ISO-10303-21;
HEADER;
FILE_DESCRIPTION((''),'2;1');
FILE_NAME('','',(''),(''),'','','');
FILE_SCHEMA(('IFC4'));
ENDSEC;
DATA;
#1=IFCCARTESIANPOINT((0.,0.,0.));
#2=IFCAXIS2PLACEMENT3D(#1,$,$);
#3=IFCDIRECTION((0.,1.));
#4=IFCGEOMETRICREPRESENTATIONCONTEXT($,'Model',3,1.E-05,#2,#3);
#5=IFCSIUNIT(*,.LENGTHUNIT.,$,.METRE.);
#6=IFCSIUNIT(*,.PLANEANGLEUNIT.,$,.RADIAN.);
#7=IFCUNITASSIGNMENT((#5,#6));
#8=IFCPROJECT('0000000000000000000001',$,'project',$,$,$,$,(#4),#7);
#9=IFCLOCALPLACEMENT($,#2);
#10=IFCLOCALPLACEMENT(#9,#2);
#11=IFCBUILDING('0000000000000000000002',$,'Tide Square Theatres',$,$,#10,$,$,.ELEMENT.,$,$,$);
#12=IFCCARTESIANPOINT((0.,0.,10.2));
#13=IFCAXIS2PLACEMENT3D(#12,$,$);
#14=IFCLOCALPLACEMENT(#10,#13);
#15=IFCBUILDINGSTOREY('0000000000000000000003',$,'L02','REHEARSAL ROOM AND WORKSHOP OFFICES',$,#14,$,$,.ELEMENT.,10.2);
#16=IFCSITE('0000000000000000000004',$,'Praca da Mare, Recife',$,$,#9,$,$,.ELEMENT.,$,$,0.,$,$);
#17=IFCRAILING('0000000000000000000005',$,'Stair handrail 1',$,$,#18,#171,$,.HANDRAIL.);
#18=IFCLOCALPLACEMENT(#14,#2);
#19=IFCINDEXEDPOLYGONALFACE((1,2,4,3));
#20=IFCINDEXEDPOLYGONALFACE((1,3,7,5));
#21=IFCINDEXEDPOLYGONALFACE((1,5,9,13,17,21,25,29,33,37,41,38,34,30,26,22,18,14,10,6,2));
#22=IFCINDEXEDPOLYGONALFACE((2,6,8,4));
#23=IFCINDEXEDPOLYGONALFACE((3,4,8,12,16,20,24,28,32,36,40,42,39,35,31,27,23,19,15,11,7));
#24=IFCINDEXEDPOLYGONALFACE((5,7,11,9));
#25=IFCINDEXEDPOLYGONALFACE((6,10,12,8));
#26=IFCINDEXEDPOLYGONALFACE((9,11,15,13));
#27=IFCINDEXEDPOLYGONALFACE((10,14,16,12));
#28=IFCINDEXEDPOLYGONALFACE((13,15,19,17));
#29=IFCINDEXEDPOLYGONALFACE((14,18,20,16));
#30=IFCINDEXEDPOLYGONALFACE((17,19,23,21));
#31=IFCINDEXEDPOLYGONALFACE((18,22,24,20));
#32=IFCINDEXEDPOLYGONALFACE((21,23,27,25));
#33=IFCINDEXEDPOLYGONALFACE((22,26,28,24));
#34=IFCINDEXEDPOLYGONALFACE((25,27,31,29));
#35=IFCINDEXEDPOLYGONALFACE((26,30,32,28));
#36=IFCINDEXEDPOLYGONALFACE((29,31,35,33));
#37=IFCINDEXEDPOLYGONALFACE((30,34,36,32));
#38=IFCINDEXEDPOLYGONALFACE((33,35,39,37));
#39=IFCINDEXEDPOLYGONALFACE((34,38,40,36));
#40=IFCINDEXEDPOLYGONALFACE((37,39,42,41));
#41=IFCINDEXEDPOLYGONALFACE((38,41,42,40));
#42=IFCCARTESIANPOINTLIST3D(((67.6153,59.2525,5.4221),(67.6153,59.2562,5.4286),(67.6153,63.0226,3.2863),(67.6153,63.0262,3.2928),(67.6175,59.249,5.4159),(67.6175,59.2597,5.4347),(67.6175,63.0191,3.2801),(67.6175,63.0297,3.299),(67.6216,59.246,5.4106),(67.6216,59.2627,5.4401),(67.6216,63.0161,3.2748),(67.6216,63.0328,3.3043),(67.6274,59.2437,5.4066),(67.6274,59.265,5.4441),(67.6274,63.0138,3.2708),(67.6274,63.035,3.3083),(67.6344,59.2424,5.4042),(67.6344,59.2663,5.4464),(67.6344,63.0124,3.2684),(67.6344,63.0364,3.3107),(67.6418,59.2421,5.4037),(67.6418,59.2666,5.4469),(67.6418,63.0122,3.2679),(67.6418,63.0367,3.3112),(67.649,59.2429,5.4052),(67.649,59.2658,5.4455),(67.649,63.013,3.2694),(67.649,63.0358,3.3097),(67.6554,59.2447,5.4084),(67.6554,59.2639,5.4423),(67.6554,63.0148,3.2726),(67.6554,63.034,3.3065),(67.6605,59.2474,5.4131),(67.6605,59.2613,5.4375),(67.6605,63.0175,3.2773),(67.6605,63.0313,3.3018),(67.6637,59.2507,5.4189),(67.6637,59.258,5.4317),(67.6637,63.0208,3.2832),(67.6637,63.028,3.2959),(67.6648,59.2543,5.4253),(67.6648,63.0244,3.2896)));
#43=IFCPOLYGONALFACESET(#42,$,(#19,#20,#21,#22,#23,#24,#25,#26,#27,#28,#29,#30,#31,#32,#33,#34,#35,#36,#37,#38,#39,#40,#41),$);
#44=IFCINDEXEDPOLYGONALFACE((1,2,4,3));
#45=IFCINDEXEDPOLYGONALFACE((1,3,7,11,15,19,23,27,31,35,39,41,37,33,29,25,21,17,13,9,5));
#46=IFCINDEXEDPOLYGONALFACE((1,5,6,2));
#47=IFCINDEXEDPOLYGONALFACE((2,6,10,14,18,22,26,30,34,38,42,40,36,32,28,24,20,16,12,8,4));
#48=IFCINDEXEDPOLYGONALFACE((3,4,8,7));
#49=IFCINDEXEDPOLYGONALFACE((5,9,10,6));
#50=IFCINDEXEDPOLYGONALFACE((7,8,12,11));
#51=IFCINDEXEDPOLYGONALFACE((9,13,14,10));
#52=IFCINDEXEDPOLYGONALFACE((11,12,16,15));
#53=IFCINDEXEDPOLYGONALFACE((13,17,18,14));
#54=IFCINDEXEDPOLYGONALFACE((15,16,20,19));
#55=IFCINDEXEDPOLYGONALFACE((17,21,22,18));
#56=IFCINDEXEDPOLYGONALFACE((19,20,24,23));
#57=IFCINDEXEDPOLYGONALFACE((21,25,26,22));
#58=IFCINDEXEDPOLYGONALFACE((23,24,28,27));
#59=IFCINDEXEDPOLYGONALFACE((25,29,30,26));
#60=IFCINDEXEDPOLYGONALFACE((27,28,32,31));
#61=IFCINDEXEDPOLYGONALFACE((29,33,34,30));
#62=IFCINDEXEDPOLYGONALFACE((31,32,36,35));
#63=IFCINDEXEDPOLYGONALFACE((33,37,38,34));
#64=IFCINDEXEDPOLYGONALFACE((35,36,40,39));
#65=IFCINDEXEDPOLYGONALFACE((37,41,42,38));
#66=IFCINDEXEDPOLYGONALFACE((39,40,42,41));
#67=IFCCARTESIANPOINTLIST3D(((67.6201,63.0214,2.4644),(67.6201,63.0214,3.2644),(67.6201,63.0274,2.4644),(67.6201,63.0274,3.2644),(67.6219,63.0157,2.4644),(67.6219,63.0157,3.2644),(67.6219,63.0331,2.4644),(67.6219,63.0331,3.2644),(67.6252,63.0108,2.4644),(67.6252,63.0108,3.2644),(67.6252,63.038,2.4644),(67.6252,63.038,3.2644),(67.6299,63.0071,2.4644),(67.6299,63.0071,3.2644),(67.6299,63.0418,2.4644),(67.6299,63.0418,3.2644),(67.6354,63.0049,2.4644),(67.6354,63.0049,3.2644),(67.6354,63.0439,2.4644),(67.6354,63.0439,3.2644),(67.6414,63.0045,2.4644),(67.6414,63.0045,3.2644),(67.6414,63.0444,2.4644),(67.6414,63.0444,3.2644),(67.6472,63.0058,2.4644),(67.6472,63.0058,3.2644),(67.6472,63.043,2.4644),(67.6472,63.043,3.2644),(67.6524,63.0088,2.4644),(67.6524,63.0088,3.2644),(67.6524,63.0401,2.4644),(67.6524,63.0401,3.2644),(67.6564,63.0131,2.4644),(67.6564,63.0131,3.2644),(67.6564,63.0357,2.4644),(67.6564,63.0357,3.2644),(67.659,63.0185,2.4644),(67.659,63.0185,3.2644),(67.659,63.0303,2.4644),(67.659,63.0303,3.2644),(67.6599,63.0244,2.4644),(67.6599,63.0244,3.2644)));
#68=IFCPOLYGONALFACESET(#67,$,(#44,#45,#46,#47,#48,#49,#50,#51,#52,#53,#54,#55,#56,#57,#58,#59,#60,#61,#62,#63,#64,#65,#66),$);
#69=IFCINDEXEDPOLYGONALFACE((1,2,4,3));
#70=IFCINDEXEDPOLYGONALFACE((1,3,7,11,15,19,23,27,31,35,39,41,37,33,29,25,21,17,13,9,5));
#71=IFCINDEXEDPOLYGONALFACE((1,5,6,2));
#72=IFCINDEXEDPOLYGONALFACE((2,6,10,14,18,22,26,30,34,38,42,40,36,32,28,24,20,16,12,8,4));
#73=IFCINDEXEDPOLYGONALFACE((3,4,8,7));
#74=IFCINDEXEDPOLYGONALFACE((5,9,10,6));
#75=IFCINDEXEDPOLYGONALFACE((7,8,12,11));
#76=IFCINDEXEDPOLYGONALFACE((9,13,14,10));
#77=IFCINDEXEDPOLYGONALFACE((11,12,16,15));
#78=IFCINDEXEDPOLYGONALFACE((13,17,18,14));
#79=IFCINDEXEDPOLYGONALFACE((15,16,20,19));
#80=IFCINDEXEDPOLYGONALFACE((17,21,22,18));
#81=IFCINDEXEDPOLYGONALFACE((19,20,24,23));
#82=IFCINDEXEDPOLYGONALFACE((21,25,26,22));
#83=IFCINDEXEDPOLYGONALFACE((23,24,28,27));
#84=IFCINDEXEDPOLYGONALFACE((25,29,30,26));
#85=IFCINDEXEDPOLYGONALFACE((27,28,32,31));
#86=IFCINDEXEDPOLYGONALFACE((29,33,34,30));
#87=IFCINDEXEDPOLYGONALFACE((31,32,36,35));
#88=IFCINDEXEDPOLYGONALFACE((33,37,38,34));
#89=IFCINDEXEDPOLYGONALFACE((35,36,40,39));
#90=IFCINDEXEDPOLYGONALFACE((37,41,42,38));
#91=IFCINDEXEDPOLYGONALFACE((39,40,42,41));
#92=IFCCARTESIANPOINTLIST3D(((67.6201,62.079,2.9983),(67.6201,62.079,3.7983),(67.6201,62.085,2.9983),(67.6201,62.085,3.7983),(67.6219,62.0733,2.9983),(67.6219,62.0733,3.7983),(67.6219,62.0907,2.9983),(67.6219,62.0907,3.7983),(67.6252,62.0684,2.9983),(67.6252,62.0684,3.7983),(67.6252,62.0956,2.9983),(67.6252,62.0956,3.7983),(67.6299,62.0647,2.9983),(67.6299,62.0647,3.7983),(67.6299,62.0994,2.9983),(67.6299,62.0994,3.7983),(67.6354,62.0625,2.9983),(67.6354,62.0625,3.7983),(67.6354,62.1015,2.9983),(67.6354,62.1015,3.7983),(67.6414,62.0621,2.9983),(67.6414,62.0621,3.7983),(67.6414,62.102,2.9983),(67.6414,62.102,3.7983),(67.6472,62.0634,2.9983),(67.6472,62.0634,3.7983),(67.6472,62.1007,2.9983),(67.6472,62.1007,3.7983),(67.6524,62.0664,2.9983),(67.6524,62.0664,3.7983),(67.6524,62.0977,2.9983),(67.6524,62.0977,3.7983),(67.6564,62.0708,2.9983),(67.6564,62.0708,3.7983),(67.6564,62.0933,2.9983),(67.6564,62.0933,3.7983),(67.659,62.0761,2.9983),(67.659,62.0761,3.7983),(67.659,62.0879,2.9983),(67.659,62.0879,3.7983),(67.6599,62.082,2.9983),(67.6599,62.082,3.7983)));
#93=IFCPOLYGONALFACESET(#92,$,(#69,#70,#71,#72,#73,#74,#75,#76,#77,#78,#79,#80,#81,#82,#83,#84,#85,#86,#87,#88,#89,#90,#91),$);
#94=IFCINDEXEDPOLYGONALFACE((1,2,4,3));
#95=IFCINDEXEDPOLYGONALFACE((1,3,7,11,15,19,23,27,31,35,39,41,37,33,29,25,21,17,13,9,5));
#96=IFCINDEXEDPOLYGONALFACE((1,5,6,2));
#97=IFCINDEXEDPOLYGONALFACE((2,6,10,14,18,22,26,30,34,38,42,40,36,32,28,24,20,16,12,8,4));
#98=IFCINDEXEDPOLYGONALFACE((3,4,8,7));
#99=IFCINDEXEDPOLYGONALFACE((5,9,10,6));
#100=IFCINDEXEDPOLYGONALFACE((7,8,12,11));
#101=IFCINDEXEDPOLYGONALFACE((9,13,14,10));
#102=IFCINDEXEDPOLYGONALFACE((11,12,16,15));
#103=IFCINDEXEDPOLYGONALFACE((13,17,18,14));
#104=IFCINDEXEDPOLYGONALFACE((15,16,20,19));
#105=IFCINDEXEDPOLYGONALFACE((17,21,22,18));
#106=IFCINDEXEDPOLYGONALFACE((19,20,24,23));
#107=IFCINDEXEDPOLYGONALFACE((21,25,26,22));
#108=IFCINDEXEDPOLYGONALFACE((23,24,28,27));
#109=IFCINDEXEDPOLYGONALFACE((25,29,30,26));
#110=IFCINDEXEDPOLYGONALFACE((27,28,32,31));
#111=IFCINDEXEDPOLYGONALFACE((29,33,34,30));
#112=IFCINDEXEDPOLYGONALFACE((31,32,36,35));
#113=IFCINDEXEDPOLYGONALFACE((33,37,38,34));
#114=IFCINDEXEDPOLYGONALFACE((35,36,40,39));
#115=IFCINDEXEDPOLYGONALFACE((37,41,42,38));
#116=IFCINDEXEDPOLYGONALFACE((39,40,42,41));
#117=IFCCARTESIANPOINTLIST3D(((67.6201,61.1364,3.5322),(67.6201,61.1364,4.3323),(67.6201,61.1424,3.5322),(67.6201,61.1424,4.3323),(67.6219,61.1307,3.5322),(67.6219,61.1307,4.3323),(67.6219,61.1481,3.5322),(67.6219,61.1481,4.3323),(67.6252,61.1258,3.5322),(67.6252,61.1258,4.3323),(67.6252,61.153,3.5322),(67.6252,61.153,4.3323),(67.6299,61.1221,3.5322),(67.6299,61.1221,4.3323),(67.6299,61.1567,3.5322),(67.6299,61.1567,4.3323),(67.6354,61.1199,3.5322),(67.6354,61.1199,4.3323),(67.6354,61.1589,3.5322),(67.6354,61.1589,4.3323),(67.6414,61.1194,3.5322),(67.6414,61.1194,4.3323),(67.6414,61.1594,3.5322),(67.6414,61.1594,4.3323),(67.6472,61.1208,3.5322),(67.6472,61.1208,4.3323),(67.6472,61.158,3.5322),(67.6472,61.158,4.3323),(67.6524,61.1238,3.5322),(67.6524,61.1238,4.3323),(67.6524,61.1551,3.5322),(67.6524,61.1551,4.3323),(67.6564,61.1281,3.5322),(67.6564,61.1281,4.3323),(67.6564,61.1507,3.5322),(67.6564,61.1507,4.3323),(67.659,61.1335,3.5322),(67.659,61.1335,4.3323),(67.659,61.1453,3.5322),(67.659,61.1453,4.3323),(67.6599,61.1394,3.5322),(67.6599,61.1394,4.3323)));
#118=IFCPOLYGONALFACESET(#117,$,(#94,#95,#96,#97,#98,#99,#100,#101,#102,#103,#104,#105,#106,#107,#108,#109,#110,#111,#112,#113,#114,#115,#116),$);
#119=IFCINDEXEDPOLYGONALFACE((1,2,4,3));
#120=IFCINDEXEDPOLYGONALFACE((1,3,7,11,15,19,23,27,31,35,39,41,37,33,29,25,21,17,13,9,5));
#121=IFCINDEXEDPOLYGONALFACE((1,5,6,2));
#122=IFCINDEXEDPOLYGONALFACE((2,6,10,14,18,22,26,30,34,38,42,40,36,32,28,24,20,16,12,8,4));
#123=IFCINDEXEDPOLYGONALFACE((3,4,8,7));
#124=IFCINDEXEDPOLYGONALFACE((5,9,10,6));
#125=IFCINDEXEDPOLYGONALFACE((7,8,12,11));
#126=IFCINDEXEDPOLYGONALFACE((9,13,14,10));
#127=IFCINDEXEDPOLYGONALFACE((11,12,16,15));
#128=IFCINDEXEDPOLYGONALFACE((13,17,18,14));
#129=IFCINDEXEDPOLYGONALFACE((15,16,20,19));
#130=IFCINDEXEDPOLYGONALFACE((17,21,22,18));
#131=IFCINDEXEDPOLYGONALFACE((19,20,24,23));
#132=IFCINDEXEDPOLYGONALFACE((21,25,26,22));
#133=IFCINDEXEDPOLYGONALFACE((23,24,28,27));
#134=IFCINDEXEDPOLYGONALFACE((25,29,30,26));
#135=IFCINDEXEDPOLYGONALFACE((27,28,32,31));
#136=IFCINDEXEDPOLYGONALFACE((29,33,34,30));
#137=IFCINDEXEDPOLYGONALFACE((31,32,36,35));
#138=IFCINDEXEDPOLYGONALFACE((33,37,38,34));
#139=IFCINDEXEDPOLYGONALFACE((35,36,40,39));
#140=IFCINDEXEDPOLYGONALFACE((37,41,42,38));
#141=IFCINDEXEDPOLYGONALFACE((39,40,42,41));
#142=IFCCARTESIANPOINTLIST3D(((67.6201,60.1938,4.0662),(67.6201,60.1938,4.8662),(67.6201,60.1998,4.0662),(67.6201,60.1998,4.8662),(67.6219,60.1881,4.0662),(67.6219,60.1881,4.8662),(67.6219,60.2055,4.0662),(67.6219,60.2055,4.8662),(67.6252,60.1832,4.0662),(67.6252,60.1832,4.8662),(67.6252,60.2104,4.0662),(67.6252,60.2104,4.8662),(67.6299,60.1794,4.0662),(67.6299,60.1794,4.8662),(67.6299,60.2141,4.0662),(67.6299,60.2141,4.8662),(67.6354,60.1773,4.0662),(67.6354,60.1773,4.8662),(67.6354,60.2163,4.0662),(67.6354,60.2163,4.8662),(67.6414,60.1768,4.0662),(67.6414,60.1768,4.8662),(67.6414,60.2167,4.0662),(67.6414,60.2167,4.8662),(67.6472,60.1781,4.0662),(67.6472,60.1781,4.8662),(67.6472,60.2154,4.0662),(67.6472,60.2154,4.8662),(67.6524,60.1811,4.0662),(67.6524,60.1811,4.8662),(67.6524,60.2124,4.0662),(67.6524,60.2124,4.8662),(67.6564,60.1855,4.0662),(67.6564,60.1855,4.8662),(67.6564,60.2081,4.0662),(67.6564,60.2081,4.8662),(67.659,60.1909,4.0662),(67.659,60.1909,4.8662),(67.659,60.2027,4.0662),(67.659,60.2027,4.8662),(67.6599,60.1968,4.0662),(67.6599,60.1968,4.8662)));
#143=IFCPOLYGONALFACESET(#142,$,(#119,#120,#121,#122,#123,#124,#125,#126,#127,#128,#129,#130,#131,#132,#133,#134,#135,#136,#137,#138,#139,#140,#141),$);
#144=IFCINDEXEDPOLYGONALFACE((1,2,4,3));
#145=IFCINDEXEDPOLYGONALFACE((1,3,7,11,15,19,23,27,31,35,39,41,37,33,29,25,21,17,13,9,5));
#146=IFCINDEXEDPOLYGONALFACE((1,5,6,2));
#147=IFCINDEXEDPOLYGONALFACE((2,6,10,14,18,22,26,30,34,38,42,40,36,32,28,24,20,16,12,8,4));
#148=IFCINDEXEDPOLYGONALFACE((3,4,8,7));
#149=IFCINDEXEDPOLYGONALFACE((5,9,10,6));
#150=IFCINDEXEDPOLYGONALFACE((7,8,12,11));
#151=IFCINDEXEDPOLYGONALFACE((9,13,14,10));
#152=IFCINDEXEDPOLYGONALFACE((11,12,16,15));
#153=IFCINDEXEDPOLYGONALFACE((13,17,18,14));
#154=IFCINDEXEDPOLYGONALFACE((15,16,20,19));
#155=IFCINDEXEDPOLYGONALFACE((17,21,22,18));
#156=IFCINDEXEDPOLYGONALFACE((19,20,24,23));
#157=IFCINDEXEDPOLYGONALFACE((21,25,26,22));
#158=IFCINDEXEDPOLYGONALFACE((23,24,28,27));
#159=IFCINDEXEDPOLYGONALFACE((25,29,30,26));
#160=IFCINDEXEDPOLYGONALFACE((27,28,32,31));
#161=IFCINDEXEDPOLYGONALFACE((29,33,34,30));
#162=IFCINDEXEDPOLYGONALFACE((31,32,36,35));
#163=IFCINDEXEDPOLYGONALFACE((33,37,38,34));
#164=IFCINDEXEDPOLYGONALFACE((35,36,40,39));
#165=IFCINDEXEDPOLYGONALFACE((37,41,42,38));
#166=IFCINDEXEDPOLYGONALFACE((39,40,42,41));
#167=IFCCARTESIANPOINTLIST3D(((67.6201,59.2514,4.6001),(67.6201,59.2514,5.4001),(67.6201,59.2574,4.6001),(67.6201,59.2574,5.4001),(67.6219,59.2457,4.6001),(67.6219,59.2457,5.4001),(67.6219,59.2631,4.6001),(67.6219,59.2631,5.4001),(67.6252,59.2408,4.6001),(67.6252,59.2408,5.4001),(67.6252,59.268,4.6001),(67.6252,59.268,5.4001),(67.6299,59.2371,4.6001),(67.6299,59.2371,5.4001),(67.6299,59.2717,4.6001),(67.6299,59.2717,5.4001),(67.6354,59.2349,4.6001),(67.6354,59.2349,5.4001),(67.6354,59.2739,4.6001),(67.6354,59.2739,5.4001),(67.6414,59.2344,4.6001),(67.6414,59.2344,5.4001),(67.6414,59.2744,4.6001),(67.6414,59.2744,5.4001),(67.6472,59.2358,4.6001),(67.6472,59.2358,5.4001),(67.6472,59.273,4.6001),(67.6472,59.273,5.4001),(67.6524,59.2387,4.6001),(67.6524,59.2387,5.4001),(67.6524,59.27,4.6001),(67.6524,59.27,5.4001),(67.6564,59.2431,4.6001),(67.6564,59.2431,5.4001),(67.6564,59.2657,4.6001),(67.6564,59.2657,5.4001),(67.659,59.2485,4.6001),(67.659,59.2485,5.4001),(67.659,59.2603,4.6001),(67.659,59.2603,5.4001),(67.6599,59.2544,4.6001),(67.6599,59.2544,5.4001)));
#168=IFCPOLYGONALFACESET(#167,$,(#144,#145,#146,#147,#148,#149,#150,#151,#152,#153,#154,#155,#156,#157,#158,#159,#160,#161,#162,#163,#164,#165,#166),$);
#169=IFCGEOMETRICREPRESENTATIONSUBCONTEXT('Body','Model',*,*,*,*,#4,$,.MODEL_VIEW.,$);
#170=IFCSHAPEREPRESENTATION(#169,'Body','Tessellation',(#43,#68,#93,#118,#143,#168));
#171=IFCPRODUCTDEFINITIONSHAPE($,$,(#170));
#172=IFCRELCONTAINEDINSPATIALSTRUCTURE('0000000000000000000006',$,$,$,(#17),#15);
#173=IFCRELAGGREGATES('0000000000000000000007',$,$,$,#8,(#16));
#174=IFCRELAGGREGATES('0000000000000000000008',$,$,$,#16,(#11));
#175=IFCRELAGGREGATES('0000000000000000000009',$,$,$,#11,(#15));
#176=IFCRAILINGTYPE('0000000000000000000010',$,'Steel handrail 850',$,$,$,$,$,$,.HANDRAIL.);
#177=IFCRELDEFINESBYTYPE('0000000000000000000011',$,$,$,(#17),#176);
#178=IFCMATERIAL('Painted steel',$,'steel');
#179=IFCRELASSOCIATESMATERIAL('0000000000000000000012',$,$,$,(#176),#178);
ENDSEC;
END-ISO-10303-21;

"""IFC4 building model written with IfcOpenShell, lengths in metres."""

from ifc_helpers import new_model, si_unit, direction, frame, origin, origin_2d, place, context, subcontext, project, spatial, circle, extrude, material, type_object, element, save


model = new_model("IFC4")

# Units and contexts
model_context = context("Model", 3, precision=1e-05, world=origin(), true_north=direction((0.0, 1.0)))
body_context = subcontext(model_context, "Body", "Model", "MODEL_VIEW")
ifc_project = project(units=[si_unit("LENGTHUNIT", "METRE"), si_unit("PLANEANGLEUNIT", "RADIAN")], contexts=[model_context])

# Site, building, storey
site_placement = place(None, origin())
site = spatial("IfcSite", under=ifc_project, at=site_placement, Name="Praca da Mare, Recife", CompositionType="ELEMENT", RefElevation=0.0)
building_placement = place(site_placement, origin())
building = spatial("IfcBuilding", under=site, at=building_placement, Name="Tide Square Theatres", CompositionType="ELEMENT")
storey_placement = place(building_placement, frame((0.0, 0.0, 10.2)))
storey = spatial("IfcBuildingStorey", under=building, at=storey_placement, Name="L02", Description="REHEARSAL ROOM AND WORKSHOP OFFICES", CompositionType="ELEMENT", Elevation=10.2)

# Railing
ifc_material_1 = material(Name="Painted steel", Category="steel")
railing_type = type_object("IfcRailingType", Name="Steel handrail 850", PredefinedType="HANDRAIL", material=ifc_material_1)
for number, where, name in (
    (1, (67.6399, 63.0244, 2.4644), "Stair handrail 1"),
):
    element("IfcRailing", number, at=place(storey_placement, frame(where)), inside=storey, type_object=railing_type, Name=name, PredefinedType="HANDRAIL", context=body_context, shape_type="SweptSolid", body=[
        extrude(circle(Radius=0.0249, at=origin_2d()), frame((0.0, 0.0, 0.8252), z_axis=(0.0, -0.870082, 0.492907), x_axis=(1.0, 0.0, 0.0)), (0.0, 0.0, 1.0), 4.333),
        extrude(circle(Radius=0.02, at=origin_2d()), origin(), (0.0, 0.0, 1.0), 0.8),
        extrude(circle(Radius=0.02, at=origin_2d()), frame((0.0, -0.9424, 0.5339)), (0.0, 0.0, 1.0), 0.8),
        extrude(circle(Radius=0.02, at=origin_2d()), frame((0.0, -1.885, 1.0679)), (0.0, 0.0, 1.0), 0.8),
        extrude(circle(Radius=0.02, at=origin_2d()), frame((0.0, -2.8276, 1.6018)), (0.0, 0.0, 1.0), 0.8),
        extrude(circle(Radius=0.02, at=origin_2d()), frame((0.0, -3.77, 2.1357)), (0.0, 0.0, 1.0), 0.8),
    ])

save(model, "model.ifc")
